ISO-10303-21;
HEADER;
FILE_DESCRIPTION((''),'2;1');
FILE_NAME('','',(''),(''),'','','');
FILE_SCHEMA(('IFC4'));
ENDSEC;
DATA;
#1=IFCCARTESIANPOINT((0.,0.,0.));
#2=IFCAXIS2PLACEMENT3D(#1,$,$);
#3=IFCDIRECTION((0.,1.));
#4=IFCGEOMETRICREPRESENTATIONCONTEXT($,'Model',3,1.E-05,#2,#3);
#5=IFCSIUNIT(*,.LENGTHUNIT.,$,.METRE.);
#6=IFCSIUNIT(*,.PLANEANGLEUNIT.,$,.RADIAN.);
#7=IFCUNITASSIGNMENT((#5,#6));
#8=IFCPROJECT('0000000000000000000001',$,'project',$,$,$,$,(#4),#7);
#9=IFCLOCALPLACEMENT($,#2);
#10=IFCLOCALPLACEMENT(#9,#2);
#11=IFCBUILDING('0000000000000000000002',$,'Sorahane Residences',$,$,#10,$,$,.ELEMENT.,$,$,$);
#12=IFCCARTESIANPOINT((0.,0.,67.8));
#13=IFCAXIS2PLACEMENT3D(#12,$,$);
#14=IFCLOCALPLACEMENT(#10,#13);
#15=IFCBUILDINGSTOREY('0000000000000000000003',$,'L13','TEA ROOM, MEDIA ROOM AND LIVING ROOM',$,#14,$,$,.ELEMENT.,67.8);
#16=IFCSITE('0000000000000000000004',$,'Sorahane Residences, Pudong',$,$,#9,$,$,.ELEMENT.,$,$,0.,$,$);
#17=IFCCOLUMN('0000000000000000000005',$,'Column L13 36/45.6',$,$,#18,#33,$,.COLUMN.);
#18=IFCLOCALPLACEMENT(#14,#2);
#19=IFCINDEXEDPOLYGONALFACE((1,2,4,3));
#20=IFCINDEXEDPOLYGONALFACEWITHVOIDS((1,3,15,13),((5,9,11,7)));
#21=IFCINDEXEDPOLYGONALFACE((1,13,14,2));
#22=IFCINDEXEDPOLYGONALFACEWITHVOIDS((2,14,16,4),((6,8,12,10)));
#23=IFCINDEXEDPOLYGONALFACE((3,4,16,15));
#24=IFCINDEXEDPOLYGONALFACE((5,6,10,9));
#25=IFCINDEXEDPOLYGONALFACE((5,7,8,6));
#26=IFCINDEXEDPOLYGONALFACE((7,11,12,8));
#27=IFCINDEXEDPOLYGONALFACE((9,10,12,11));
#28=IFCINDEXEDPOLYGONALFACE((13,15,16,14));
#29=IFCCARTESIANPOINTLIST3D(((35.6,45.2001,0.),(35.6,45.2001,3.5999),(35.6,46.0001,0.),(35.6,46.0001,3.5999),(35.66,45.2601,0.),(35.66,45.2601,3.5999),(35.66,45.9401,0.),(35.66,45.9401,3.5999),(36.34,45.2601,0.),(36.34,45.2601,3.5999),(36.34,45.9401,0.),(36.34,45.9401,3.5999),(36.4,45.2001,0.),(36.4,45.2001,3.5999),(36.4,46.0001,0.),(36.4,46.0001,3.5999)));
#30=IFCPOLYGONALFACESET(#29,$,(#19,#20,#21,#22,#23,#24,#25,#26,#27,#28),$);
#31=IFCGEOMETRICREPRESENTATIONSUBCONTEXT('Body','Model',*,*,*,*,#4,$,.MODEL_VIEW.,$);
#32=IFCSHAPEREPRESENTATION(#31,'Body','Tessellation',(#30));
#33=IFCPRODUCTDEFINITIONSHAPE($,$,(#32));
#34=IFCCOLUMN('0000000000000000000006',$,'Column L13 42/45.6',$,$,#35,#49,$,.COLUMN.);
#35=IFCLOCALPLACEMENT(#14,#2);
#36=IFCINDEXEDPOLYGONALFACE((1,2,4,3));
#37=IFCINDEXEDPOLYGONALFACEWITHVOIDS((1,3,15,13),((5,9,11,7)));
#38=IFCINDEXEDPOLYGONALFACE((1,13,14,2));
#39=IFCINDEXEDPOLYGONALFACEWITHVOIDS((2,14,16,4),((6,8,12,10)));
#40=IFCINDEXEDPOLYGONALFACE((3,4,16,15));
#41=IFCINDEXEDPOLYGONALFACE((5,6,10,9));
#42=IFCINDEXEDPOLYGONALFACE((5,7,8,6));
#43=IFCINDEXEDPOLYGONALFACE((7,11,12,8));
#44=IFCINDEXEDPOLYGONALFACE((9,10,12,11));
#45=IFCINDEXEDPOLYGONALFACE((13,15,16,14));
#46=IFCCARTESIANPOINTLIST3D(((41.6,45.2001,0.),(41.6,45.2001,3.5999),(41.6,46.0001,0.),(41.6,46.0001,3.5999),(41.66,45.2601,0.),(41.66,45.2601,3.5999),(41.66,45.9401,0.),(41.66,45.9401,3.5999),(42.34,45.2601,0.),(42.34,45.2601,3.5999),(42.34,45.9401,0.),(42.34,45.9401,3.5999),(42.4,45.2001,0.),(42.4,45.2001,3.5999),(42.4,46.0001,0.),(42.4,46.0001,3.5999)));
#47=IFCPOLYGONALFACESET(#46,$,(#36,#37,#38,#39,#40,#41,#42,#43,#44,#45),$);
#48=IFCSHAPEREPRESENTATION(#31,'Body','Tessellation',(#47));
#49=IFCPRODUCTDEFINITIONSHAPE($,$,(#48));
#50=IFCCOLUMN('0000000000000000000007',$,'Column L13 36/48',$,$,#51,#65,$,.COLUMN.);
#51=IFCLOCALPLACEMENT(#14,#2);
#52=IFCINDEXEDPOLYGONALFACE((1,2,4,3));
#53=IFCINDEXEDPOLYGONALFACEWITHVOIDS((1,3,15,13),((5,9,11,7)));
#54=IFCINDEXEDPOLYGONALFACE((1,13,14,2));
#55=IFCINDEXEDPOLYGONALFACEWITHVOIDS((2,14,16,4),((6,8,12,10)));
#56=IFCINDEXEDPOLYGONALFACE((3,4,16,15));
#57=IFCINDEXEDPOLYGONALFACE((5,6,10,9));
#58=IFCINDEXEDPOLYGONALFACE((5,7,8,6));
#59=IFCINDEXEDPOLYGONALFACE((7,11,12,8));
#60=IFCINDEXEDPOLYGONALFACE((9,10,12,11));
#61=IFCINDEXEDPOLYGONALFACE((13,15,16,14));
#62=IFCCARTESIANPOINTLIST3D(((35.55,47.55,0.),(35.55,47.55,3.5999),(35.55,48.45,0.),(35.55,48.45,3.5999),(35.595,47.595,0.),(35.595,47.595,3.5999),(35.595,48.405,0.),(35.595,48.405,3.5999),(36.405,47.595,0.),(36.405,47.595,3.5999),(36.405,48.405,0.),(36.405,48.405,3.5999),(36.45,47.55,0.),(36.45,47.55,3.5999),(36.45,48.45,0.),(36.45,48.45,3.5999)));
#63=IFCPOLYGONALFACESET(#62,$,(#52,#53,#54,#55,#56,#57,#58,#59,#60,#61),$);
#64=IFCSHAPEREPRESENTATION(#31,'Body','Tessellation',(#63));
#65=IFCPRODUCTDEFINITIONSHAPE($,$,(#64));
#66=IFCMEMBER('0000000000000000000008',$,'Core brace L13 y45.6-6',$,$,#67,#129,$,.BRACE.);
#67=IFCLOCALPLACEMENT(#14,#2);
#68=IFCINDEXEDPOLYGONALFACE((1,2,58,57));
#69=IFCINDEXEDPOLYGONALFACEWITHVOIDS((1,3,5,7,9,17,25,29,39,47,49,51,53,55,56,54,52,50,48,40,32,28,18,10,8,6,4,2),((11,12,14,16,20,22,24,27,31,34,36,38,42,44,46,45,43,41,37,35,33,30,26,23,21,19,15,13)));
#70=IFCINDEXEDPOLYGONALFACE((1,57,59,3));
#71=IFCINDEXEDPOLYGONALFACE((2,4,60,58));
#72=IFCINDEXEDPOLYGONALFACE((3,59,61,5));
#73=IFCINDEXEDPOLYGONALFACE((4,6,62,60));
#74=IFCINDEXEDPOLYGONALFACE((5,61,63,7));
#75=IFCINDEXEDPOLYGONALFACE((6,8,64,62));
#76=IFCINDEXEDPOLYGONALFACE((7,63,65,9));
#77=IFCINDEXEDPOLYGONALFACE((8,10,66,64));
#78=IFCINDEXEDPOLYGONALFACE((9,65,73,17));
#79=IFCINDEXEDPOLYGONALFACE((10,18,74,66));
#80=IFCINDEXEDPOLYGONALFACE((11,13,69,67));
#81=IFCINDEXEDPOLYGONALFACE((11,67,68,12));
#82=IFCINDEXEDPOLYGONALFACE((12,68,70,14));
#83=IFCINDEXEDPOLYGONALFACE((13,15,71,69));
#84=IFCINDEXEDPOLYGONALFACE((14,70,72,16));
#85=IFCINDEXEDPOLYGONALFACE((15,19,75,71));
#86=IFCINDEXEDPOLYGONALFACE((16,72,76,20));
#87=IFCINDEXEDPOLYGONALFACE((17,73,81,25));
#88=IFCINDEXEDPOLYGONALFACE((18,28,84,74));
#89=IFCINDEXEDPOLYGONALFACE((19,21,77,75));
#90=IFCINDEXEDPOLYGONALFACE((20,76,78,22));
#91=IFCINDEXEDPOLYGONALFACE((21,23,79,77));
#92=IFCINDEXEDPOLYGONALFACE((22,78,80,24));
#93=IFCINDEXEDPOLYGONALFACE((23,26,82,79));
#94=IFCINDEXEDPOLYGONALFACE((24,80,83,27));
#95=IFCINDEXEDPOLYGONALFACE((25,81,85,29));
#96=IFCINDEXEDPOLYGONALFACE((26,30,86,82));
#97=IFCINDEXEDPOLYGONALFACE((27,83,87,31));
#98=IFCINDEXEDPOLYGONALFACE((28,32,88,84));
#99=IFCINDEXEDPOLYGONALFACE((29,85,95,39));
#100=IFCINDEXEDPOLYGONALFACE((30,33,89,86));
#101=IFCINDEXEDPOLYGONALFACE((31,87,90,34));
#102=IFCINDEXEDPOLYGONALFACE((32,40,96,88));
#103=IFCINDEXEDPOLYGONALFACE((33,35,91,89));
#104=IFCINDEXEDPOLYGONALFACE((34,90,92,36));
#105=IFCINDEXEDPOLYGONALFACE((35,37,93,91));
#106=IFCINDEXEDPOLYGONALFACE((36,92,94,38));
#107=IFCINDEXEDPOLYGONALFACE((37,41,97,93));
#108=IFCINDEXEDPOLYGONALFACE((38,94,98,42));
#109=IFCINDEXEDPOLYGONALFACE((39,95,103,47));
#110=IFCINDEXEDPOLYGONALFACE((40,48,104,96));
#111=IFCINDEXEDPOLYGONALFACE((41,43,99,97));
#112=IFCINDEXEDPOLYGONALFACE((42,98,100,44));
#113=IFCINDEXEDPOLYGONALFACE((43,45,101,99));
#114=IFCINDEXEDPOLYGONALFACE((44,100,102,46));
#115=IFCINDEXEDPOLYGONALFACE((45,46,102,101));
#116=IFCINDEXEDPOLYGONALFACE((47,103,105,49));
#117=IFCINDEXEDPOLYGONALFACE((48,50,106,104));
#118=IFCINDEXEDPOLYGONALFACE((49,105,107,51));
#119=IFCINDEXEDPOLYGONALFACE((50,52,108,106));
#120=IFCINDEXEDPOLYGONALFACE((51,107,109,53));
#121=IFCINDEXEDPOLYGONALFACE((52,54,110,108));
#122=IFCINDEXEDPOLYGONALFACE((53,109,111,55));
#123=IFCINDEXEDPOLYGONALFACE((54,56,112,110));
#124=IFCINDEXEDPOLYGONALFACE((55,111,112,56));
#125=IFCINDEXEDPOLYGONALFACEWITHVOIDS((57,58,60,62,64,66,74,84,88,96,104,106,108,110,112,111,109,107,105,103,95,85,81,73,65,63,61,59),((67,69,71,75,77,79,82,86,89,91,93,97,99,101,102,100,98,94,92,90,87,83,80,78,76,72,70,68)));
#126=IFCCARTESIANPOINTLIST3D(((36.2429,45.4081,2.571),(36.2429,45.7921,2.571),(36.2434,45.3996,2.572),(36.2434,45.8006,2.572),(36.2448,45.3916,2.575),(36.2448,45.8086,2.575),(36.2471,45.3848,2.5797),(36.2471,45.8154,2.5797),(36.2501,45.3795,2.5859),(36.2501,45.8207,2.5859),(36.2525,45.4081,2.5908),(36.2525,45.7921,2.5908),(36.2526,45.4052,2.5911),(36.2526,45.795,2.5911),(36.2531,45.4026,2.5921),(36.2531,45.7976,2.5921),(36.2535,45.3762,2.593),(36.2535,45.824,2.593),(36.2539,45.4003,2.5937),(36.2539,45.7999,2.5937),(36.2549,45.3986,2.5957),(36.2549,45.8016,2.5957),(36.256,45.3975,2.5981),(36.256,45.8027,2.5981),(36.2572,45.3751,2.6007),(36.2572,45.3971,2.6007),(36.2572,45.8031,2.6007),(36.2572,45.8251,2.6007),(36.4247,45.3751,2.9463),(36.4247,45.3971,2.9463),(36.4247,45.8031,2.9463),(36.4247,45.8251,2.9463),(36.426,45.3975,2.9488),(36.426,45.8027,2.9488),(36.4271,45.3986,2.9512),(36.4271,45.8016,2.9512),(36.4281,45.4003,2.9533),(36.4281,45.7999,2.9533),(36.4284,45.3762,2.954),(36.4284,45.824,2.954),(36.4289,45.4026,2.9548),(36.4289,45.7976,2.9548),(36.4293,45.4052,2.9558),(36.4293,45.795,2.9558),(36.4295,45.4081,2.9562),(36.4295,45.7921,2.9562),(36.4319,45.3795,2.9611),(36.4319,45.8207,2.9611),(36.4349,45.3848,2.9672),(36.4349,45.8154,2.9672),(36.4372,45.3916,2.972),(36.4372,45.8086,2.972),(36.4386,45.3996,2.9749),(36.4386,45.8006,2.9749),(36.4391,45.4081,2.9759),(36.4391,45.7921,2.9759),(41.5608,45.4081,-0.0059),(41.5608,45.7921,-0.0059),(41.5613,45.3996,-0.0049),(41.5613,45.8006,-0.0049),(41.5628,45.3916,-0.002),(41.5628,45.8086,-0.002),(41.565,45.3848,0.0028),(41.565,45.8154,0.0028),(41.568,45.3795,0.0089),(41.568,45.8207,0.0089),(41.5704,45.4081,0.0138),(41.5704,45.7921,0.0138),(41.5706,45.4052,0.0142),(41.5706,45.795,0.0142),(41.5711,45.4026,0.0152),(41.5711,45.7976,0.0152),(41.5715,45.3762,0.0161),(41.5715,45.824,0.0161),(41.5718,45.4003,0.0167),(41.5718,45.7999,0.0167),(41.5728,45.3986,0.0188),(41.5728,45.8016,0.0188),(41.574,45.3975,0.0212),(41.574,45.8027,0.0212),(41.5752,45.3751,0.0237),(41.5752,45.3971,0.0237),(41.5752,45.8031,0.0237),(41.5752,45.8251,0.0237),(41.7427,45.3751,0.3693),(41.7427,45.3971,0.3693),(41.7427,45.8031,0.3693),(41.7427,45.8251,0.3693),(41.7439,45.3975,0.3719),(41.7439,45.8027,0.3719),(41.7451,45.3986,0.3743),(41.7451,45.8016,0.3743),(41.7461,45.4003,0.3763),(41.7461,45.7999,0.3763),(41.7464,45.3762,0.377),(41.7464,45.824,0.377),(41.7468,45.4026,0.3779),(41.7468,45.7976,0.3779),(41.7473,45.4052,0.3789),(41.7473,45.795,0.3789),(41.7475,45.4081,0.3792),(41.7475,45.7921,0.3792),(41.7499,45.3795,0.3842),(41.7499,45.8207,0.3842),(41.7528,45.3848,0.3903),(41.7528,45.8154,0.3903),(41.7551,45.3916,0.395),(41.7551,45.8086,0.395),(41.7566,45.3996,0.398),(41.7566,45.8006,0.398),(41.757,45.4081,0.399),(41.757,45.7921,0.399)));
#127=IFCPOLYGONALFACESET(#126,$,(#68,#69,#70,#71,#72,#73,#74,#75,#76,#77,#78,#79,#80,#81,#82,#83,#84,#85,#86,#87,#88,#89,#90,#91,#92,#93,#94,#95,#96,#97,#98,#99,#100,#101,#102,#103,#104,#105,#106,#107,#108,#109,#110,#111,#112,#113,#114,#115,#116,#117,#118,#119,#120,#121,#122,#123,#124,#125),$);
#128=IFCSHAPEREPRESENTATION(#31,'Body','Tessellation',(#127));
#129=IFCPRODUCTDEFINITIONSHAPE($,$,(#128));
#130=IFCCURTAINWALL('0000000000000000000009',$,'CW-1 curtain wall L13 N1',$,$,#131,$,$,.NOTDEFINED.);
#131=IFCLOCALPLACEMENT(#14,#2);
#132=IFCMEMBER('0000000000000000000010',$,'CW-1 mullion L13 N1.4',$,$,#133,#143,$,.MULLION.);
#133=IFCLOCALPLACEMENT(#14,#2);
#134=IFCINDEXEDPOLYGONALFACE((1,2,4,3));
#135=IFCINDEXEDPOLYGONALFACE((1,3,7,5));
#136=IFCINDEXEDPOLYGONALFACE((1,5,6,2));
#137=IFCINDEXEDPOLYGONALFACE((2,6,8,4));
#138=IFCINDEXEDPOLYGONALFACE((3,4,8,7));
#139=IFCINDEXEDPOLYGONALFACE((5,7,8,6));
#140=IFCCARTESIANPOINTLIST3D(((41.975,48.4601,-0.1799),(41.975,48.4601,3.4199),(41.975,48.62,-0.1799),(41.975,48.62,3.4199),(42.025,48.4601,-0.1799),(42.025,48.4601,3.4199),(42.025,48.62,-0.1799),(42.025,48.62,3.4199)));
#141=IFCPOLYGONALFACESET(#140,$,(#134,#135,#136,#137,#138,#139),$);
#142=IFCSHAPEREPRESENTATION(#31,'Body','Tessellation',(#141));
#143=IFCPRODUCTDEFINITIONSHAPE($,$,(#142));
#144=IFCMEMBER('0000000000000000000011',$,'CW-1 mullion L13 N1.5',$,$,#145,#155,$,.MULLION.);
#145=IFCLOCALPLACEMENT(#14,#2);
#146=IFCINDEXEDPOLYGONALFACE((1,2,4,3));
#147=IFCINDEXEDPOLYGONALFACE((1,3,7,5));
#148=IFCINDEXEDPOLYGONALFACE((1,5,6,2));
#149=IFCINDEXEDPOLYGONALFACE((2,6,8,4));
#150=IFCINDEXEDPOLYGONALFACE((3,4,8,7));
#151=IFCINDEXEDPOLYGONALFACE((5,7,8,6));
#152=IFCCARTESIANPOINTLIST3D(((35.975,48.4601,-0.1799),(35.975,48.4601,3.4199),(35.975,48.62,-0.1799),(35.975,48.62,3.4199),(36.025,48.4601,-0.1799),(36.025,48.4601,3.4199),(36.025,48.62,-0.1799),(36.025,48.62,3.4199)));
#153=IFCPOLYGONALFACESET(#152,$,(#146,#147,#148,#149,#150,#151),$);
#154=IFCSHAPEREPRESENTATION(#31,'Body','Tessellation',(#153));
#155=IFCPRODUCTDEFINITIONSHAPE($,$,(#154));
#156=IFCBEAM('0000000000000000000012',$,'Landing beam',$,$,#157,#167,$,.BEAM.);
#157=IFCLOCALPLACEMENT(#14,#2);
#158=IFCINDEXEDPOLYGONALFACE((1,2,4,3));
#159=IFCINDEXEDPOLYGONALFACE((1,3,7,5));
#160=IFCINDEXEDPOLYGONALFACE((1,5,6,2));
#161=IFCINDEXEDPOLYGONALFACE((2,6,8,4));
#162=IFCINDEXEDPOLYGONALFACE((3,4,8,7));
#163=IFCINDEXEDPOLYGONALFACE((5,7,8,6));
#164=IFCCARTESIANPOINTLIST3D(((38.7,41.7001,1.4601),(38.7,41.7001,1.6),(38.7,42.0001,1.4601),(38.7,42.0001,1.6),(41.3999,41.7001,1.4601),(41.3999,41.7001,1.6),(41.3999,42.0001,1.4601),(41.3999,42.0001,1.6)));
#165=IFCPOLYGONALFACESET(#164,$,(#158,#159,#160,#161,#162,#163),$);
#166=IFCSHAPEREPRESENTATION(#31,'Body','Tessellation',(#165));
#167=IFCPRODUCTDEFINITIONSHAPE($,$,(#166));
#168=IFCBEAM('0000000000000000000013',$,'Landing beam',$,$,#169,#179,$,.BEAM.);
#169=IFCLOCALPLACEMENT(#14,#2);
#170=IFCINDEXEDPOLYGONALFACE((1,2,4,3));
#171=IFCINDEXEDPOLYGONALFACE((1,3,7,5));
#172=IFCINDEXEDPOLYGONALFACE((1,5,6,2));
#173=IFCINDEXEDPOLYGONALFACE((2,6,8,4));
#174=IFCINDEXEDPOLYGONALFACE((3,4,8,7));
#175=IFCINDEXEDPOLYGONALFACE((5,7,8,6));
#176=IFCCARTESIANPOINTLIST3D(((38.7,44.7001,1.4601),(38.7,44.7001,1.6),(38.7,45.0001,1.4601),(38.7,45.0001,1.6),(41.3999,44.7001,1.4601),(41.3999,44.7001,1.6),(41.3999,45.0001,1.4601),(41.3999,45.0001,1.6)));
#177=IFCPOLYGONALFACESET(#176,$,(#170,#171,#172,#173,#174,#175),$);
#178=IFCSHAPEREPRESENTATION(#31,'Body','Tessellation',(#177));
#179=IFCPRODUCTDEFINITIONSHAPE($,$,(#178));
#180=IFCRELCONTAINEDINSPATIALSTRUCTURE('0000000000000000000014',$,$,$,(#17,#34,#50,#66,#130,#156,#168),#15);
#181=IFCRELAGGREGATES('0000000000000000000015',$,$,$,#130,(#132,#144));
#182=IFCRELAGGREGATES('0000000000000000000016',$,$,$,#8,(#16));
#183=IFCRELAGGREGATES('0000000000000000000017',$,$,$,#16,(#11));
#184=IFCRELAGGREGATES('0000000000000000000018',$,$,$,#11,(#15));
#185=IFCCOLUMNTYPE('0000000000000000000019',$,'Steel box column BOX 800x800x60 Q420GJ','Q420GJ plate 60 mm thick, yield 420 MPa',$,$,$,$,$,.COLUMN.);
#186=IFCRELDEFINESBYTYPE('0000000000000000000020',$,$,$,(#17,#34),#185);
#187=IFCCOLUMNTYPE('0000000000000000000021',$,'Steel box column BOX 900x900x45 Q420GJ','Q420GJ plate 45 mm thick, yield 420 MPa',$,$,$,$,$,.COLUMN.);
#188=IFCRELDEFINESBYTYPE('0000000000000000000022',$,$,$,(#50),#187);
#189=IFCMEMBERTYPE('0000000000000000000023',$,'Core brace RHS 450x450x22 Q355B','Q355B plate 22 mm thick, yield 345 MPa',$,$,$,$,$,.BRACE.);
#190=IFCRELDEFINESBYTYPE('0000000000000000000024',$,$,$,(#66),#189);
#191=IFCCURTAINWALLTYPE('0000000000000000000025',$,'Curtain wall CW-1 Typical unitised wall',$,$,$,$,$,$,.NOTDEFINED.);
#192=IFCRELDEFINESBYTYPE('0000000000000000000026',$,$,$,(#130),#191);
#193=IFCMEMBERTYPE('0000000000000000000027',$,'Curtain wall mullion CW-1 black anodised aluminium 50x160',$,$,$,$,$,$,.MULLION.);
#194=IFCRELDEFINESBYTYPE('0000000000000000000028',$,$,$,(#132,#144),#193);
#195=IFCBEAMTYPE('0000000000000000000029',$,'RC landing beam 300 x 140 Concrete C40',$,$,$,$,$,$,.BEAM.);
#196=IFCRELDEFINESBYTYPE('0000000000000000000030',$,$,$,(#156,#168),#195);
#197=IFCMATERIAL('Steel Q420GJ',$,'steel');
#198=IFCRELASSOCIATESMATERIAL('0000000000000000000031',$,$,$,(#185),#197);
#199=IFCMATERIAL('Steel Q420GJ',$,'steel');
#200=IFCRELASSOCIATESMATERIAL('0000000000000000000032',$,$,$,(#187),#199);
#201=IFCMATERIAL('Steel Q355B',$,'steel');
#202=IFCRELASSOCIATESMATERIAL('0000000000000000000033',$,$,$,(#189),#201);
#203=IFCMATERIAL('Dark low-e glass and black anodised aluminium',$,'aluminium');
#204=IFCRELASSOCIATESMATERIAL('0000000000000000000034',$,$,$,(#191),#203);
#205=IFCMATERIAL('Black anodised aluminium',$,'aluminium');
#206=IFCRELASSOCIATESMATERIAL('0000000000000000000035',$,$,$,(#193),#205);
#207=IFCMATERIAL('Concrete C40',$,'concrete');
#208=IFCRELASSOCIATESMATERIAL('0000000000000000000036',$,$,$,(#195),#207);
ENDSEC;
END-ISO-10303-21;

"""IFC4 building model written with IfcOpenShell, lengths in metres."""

from ifc_helpers import new_model, si_unit, direction, frame, origin, origin_2d, place, context, subcontext, project, spatial, rectangle, hollow_rectangle, extrude, material, material_profile, profile_set, type_object, element, aggregate, save


model = new_model("IFC4")

# Units and contexts
model_context = context("Model", 3, precision=1e-05, world=origin(), true_north=direction((0.0, 1.0)))
body_context = subcontext(model_context, "Body", "Model", "MODEL_VIEW")
ifc_project = project(units=[si_unit("LENGTHUNIT", "METRE"), si_unit("PLANEANGLEUNIT", "RADIAN")], contexts=[model_context])

# Site, building, storey
site_placement = place(None, origin())
site = spatial("IfcSite", under=ifc_project, at=site_placement, Name="Sorahane Residences, Pudong", CompositionType="ELEMENT", RefElevation=0.0)
building_placement = place(site_placement, origin())
building = spatial("IfcBuilding", under=site, at=building_placement, Name="Sorahane Residences", CompositionType="ELEMENT")
storey_placement = place(building_placement, frame((0.0, 0.0, 67.8)))
storey = spatial("IfcBuildingStorey", under=building, at=storey_placement, Name="L13", Description="TEA ROOM, MEDIA ROOM AND LIVING ROOM", CompositionType="ELEMENT", Elevation=67.8)

# Columns
ifc_material_1 = material(Name="Steel Q420GJ", Category="steel")
ifc_material_profile_1 = material_profile(ifc_material_1, hollow_rectangle(XDim=0.8, YDim=0.8, WallThickness=0.0601, at=origin_2d()), Name="BOX 800x800x60")
ifc_profile_set_1 = profile_set([ifc_material_profile_1], Name="Steel Q420GJ")
column_type_1 = type_object("IfcColumnType", Name="Steel box column BOX 800x800x60 Q420GJ", Description="Q420GJ plate 60 mm thick, yield 420 MPa", PredefinedType="COLUMN", material=ifc_profile_set_1)
for number, where, z_axis, x_axis, name in (
    (1, (36.0, 45.6001, 0.0), (0.0, 0.0, 1.0), (1.0, 0.0, 0.0), "Column L13 36/45.6"),
    (2, (42.0, 45.6001, 0.0), (0.0, 0.0, 1.0), (1.0, 0.0, 0.0), "Column L13 42/45.6"),
):
    element("IfcColumn", number, at=place(storey_placement, frame(where, z_axis=z_axis, x_axis=x_axis)), inside=storey, type_object=column_type_1, Name=name, PredefinedType="COLUMN", context=body_context, shape_type="SweptSolid", body=[
        extrude(hollow_rectangle(XDim=0.8, YDim=0.8, WallThickness=0.0601, at=origin_2d()), origin(), (0.0, 0.0, 1.0), 3.5999),
    ])
ifc_material_2 = material(Name="Steel Q420GJ", Category="steel")
ifc_material_profile_2 = material_profile(ifc_material_2, hollow_rectangle(XDim=0.8999, YDim=0.8999, WallThickness=0.0449, at=origin_2d()), Name="BOX 900x900x45")
ifc_profile_set_2 = profile_set([ifc_material_profile_2], Name="Steel Q420GJ")
column_type_2 = type_object("IfcColumnType", Name="Steel box column BOX 900x900x45 Q420GJ", Description="Q420GJ plate 45 mm thick, yield 420 MPa", PredefinedType="COLUMN", material=ifc_profile_set_2)
column_placement = place(storey_placement, frame((36.0, 48.0, 0.0), z_axis=(0.0, 0.0, 1.0), x_axis=(1.0, 0.0, 0.0)))
element("IfcColumn", 3, at=column_placement, inside=storey, type_object=column_type_2, Name="Column L13 36/48", PredefinedType="COLUMN", context=body_context, shape_type="SweptSolid", body=[
    extrude(hollow_rectangle(XDim=0.8999, YDim=0.8999, WallThickness=0.0449, at=origin_2d()), origin(), (0.0, 0.0, 1.0), 3.5999),
])

# Member
ifc_material_3 = material(Name="Steel Q355B", Category="steel")
ifc_material_profile_3 = material_profile(ifc_material_3, hollow_rectangle(XDim=0.45, YDim=0.45, WallThickness=0.022, InnerFilletRadius=0.011, OuterFilletRadius=0.033, at=origin_2d()), Name="RHS 450x450x22")
ifc_profile_set_3 = profile_set([ifc_material_profile_3], Name="Steel Q355B")
member_type_1 = type_object("IfcMemberType", Name="Core brace RHS 450x450x22 Q355B", Description="Q355B plate 22 mm thick, yield 345 MPa", PredefinedType="BRACE", material=ifc_profile_set_3)
member_1_placement = place(storey_placement, frame((41.6589, 45.6001, 0.1965), z_axis=(-0.899911, 0.0, 0.436074), x_axis=(0.0, -1.0, 0.0)))
element("IfcMember", 4, at=member_1_placement, inside=storey, type_object=member_type_1, Name="Core brace L13 y45.6-6", PredefinedType="BRACE", context=body_context, shape_type="SweptSolid", body=[
    extrude(hollow_rectangle(XDim=0.45, YDim=0.45, WallThickness=0.022, InnerFilletRadius=0.011, OuterFilletRadius=0.033, at=origin_2d()), origin(), (0.0, 0.0, 1.0), 5.9094),
])

# Curtain wall, members
ifc_material_4 = material(Name="Dark low-e glass and black anodised aluminium", Category="aluminium")
curtain_wall_type = type_object("IfcCurtainWallType", Name="Curtain wall CW-1 Typical unitised wall", PredefinedType="NOTDEFINED", material=ifc_material_4)
curtain_wall_placement = place(storey_placement, origin())
curtain_wall = element("IfcCurtainWall", 5, at=curtain_wall_placement, inside=storey, type_object=curtain_wall_type, Name="CW-1 curtain wall L13 N1", PredefinedType="NOTDEFINED")
ifc_material_5 = material(Name="Black anodised aluminium", Category="aluminium")
ifc_material_profile_4 = material_profile(ifc_material_5, rectangle(XDim=0.1599, YDim=0.05, at=origin_2d()), Name="Curtain wall mullion CW-1 black anodised aluminium 50x160")
ifc_profile_set_4 = profile_set([ifc_material_profile_4], Name="Black anodised aluminium")
member_type_2 = type_object("IfcMemberType", Name="Curtain wall mullion CW-1 black anodised aluminium 50x160", PredefinedType="MULLION", material=ifc_profile_set_4)
member_2_placement = place(storey_placement, frame((42.0, 48.54, -0.1799), z_axis=(0.0, 0.0, 1.0), x_axis=(0.0, 1.0, 0.0)))
member_2 = element("IfcMember", 6, at=member_2_placement, type_object=member_type_2, Name="CW-1 mullion L13 N1.4", PredefinedType="MULLION", context=body_context, shape_type="SweptSolid", body=[
    extrude(rectangle(XDim=0.1599, YDim=0.05, at=origin_2d()), origin(), (0.0, 0.0, 1.0), 3.5999),
])
member_3_placement = place(storey_placement, frame((36.0, 48.54, -0.1799), z_axis=(0.0, 0.0, 1.0), x_axis=(0.0, 1.0, 0.0)))
member_3 = element("IfcMember", 7, at=member_3_placement, type_object=member_type_2, Name="CW-1 mullion L13 N1.5", PredefinedType="MULLION", context=body_context, shape_type="SweptSolid", body=[
    extrude(rectangle(XDim=0.1599, YDim=0.05, at=origin_2d()), origin(), (0.0, 0.0, 1.0), 3.5999),
])

# Beams
ifc_material_6 = material(Name="Concrete C40", Category="concrete")
ifc_material_profile_5 = material_profile(ifc_material_6, rectangle(XDim=0.3, YDim=0.1399, at=origin_2d()), Name="300x140")
ifc_profile_set_5 = profile_set([ifc_material_profile_5], Name="Concrete C40")
beam_type_1 = type_object("IfcBeamType", Name="RC landing beam 300 x 140 Concrete C40", PredefinedType="BEAM", material=ifc_profile_set_5)
for number, where, z_axis, x_axis, name in (
    (8, (38.7, 41.8501, 1.53), (1.0, 0.0, 0.0), (0.0, 1.0, 0.0), "Landing beam"),
    (9, (38.7, 44.8501, 1.53), (1.0, 0.0, 0.0), (0.0, 1.0, 0.0), "Landing beam"),
):
    element("IfcBeam", number, at=place(storey_placement, frame(where, z_axis=z_axis, x_axis=x_axis)), inside=storey, type_object=beam_type_1, Name=name, PredefinedType="BEAM", context=body_context, shape_type="SweptSolid", body=[
        extrude(rectangle(XDim=0.3, YDim=0.1399, at=origin_2d()), origin(), (0.0, 0.0, 1.0), 2.7),
    ])

aggregate(curtain_wall, [member_2, member_3])

save(model, "model.ifc")
